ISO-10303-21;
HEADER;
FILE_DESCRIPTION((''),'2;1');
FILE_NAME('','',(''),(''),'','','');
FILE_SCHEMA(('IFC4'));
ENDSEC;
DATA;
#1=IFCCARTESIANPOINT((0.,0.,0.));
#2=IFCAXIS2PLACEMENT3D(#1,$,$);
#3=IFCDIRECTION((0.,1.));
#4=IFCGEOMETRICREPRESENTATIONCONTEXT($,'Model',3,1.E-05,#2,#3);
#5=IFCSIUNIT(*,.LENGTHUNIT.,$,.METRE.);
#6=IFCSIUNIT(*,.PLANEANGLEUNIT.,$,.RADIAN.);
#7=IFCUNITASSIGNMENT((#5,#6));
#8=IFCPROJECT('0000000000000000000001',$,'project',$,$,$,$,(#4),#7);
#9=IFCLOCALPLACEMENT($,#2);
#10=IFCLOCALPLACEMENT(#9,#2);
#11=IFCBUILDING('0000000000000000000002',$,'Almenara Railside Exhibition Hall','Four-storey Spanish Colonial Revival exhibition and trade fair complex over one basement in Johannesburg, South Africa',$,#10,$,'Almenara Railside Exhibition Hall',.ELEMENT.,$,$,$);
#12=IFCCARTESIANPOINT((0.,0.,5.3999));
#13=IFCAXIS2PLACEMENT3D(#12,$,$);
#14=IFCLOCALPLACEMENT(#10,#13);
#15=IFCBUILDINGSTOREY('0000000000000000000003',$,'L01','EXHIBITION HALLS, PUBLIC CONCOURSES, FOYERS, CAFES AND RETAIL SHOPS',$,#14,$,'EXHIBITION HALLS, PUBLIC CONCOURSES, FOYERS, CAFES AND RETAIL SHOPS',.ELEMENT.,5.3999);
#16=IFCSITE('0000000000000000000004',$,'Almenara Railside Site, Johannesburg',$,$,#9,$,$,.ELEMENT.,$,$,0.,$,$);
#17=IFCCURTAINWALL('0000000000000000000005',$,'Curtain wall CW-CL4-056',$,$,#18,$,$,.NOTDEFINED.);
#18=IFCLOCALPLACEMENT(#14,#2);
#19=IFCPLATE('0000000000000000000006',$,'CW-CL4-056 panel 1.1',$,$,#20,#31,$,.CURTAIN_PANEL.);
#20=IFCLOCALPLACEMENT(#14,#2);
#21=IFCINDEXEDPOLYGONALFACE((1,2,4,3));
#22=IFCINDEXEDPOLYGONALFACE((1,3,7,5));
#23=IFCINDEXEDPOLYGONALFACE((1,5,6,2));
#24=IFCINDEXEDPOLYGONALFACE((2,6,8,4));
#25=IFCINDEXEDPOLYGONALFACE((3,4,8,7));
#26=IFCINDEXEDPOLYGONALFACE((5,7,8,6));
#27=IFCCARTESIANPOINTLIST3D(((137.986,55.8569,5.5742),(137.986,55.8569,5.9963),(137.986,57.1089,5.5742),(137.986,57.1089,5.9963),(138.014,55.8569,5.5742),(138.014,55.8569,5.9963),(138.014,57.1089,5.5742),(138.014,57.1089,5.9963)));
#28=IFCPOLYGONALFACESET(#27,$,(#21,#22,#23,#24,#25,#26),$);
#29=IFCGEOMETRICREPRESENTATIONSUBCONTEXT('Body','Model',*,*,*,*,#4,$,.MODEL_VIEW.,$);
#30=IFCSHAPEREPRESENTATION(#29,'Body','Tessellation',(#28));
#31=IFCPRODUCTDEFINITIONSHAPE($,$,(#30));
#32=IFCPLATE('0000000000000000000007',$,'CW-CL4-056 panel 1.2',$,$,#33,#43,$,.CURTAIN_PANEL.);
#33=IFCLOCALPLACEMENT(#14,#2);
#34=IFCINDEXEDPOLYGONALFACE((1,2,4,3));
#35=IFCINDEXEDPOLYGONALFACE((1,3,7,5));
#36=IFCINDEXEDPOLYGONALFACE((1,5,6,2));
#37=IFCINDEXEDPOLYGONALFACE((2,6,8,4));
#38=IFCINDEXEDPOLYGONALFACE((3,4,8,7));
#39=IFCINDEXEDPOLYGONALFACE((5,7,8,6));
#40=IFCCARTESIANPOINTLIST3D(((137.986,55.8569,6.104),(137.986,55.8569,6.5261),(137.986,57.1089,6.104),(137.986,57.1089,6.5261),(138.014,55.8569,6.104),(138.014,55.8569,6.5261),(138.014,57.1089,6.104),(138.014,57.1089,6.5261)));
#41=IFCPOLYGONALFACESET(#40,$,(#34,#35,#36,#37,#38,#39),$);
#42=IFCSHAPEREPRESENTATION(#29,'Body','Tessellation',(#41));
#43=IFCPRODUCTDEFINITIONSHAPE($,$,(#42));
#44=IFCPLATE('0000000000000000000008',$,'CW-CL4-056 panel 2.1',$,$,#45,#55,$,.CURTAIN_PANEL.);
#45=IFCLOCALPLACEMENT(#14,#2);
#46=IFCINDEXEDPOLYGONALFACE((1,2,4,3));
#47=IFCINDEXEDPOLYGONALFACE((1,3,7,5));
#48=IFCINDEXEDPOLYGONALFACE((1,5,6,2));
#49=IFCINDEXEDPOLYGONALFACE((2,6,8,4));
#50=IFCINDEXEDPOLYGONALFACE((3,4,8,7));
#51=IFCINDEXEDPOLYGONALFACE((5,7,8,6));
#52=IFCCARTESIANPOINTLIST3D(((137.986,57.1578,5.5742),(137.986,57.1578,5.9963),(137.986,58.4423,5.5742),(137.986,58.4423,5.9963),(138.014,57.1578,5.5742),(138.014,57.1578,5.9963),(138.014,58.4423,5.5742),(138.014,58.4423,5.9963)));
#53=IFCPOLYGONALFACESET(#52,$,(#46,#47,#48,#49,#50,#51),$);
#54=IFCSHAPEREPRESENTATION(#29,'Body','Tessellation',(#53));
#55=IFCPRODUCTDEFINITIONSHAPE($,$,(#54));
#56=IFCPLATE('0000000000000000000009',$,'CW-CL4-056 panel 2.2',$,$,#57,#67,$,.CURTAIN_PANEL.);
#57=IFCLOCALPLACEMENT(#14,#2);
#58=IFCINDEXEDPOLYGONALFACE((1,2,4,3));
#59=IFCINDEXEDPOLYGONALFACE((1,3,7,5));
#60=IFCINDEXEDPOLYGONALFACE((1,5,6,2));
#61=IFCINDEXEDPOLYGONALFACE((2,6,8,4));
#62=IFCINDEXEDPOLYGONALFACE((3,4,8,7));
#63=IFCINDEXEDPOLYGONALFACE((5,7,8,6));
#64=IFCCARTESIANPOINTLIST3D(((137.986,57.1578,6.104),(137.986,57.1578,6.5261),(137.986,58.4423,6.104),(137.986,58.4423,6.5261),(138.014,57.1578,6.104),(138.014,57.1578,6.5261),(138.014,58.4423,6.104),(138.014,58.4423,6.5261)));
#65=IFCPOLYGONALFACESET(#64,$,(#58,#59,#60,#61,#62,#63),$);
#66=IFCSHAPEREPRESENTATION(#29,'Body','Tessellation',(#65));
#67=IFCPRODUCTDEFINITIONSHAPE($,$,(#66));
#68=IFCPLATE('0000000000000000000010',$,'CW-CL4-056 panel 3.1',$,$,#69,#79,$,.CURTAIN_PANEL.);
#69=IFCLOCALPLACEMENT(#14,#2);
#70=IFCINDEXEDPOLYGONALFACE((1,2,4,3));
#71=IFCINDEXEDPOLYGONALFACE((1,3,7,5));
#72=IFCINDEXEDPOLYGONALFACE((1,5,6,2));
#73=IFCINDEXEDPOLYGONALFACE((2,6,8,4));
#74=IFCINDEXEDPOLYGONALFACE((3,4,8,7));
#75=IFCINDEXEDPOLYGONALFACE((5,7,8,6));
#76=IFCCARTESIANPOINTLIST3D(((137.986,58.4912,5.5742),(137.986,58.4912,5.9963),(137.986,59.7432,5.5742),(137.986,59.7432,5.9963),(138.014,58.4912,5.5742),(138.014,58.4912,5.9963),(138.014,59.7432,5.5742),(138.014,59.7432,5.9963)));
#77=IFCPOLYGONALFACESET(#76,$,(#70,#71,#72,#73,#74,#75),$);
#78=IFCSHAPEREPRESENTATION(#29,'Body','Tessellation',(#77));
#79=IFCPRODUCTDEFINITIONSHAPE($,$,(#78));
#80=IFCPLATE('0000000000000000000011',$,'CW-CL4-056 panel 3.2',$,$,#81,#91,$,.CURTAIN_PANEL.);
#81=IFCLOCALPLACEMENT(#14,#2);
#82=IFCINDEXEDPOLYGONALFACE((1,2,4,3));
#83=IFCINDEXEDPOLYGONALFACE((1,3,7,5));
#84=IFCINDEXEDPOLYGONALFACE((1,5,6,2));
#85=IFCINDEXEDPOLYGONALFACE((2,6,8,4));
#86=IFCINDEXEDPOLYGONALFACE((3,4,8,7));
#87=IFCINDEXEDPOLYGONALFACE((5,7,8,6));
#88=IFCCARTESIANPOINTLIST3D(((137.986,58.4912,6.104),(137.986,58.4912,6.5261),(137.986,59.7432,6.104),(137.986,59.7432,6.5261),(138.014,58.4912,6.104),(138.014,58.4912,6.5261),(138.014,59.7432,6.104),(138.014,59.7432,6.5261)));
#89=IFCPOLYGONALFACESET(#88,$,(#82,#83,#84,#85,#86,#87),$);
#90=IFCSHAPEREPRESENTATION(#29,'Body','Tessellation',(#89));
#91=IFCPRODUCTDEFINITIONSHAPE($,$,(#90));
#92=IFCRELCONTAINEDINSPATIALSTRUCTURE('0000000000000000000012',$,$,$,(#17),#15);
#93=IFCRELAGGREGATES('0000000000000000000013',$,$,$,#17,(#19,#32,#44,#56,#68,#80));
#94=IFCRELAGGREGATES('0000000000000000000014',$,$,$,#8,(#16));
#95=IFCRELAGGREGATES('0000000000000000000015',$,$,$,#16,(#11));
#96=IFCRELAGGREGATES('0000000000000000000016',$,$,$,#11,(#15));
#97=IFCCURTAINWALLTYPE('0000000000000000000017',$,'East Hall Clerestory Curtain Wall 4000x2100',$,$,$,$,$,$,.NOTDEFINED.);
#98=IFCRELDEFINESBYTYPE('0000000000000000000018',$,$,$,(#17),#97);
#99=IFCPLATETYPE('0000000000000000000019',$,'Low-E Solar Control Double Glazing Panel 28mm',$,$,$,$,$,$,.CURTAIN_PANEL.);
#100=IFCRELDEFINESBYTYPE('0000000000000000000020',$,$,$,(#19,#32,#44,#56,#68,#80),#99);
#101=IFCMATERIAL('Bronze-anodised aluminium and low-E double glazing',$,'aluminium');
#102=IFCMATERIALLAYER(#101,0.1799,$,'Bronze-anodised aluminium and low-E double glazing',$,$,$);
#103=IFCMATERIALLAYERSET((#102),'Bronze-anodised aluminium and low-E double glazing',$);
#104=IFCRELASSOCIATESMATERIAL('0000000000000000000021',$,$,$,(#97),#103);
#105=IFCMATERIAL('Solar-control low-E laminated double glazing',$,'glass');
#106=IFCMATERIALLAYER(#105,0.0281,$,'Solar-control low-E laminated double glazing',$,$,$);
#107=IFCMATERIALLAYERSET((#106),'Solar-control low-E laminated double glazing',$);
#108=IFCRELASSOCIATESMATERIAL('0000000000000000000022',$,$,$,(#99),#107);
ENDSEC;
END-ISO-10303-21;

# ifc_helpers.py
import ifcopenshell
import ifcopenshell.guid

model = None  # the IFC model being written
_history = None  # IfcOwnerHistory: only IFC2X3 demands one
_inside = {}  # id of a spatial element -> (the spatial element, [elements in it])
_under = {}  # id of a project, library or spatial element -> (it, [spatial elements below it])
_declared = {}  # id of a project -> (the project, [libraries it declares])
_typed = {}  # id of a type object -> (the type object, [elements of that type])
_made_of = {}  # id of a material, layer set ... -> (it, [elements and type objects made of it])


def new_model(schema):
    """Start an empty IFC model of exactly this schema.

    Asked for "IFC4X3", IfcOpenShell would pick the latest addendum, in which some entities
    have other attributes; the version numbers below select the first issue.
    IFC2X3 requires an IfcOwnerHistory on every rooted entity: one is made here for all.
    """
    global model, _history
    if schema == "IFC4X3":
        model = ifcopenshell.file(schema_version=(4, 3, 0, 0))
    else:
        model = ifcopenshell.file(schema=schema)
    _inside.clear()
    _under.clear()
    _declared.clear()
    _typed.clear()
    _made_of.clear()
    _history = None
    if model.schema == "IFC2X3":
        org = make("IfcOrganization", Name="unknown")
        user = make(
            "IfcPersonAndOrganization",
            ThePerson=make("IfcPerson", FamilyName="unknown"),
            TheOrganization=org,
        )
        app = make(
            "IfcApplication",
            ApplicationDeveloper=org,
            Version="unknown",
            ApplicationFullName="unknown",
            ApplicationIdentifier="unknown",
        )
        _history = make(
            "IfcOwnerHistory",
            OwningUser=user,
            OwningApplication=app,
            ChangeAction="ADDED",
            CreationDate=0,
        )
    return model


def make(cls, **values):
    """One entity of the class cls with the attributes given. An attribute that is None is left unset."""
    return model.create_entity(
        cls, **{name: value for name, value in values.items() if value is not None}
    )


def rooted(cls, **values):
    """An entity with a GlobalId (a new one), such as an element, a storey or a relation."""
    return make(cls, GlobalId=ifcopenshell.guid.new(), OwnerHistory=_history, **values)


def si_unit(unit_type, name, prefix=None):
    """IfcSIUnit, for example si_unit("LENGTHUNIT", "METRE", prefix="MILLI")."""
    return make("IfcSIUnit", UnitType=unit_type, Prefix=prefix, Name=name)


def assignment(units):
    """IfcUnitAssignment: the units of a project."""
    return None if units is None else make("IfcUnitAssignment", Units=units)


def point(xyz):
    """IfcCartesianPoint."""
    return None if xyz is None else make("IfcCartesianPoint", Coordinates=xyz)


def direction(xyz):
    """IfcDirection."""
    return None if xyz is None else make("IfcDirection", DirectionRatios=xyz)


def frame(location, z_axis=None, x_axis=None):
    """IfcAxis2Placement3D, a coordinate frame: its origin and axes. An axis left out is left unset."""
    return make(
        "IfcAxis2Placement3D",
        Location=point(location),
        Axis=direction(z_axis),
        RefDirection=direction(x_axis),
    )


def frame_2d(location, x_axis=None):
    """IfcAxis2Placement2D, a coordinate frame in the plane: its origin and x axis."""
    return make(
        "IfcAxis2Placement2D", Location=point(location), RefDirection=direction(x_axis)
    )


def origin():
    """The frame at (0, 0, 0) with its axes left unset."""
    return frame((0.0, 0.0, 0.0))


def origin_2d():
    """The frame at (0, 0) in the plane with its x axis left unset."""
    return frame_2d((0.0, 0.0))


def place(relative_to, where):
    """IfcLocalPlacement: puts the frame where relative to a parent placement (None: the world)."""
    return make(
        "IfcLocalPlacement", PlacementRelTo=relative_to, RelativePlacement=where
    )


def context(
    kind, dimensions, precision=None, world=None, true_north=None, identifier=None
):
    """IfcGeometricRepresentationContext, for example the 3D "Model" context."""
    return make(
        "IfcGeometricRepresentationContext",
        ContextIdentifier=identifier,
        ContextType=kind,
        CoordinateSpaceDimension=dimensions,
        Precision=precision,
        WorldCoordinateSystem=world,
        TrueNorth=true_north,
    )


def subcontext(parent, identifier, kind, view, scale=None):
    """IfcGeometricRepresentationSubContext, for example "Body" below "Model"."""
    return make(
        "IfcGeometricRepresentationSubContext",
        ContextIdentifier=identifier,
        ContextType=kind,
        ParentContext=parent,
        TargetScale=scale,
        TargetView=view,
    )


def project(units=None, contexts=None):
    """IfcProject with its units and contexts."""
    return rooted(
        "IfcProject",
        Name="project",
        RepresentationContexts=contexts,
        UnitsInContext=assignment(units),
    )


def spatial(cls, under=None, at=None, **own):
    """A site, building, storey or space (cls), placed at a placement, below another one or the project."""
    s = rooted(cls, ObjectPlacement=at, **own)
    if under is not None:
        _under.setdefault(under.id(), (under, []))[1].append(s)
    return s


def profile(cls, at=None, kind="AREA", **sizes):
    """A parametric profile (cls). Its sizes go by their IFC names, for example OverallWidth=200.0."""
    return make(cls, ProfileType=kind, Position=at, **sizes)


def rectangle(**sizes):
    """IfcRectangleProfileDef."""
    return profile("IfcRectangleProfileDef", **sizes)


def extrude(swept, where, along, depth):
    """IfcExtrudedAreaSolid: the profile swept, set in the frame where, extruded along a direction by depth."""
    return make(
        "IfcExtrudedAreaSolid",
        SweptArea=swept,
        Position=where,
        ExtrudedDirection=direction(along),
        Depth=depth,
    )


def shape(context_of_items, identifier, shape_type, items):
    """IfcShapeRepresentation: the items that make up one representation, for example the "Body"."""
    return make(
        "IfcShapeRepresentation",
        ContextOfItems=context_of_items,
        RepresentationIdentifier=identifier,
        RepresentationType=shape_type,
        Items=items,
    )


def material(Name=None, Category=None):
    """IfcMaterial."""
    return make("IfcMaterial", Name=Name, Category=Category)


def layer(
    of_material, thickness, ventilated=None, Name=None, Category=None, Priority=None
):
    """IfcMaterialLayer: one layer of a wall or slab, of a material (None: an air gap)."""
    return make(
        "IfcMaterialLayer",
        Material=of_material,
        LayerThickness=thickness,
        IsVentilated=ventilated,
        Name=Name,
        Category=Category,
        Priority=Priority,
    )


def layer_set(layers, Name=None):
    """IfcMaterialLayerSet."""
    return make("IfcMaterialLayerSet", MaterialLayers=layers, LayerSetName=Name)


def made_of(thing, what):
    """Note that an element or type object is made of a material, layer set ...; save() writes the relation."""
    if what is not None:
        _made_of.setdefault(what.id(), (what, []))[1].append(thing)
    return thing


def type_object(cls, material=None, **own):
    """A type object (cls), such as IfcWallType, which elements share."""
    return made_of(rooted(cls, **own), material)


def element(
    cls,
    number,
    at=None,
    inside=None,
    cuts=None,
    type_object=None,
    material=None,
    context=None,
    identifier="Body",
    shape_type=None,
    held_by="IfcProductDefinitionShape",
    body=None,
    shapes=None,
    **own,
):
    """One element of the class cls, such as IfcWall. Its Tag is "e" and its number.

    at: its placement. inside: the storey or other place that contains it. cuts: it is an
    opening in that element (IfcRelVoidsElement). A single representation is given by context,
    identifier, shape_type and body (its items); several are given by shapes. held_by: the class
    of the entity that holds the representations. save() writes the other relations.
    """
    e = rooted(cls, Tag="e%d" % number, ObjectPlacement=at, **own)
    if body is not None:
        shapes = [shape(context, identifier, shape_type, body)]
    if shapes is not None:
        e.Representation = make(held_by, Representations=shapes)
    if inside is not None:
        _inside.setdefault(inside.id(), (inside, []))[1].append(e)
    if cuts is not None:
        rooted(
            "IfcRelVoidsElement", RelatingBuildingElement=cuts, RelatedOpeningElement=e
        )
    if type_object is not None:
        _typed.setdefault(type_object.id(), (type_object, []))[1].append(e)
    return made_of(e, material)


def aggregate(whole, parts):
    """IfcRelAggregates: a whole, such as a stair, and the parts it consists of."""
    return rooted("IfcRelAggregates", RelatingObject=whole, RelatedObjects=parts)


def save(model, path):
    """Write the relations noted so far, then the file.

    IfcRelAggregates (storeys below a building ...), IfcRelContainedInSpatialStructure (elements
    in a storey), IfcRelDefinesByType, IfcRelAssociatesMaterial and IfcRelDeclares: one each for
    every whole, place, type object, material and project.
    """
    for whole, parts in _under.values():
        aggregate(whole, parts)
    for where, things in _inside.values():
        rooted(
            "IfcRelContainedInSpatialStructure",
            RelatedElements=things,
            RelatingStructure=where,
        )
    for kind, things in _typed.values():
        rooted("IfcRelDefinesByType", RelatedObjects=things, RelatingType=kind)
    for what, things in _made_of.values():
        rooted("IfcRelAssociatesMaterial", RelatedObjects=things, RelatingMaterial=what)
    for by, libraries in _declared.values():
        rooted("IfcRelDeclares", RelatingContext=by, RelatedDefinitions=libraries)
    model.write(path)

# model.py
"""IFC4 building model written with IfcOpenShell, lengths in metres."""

from ifc_helpers import new_model, si_unit, direction, frame, origin, origin_2d, place, context, subcontext, project, spatial, rectangle, extrude, material, layer, layer_set, type_object, element, aggregate, save


model = new_model("IFC4")

# Units and contexts
model_context = context("Model", 3, precision=1e-05, world=origin(), true_north=direction((0.0, 1.0)))
body_context = subcontext(model_context, "Body", "Model", "MODEL_VIEW")
ifc_project = project(units=[si_unit("LENGTHUNIT", "METRE"), si_unit("PLANEANGLEUNIT", "RADIAN")], contexts=[model_context])

# Site, building, storey
site_placement = place(None, origin())
site = spatial("IfcSite", under=ifc_project, at=site_placement, Name="Almenara Railside Site, Johannesburg", CompositionType="ELEMENT", RefElevation=0.0)
building_placement = place(site_placement, origin())
building = spatial("IfcBuilding", under=site, at=building_placement, Name="Almenara Railside Exhibition Hall", Description="Four-storey Spanish Colonial Revival exhibition and trade fair complex over one basement in Johannesburg, South Africa", LongName="Almenara Railside Exhibition Hall", CompositionType="ELEMENT")
storey_placement = place(building_placement, frame((0.0, 0.0, 5.3999)))
storey = spatial("IfcBuildingStorey", under=building, at=storey_placement, Name="L01", Description="EXHIBITION HALLS, PUBLIC CONCOURSES, FOYERS, CAFES AND RETAIL SHOPS", LongName="EXHIBITION HALLS, PUBLIC CONCOURSES, FOYERS, CAFES AND RETAIL SHOPS", CompositionType="ELEMENT", Elevation=5.3999)

# Curtain wall
ifc_material_1 = material(Name="Bronze-anodised aluminium and low-E double glazing", Category="aluminium")
ifc_layer_1 = layer(ifc_material_1, 0.1799, Name="Bronze-anodised aluminium and low-E double glazing")
ifc_layer_set_1 = layer_set([ifc_layer_1], Name="Bronze-anodised aluminium and low-E double glazing")
curtain_wall_type = type_object("IfcCurtainWallType", Name="East Hall Clerestory Curtain Wall 4000x2100", PredefinedType="NOTDEFINED", material=ifc_layer_set_1)
curtain_wall_1_placement = place(storey_placement, origin())
curtain_wall_1 = element("IfcCurtainWall", 1, at=curtain_wall_1_placement, inside=storey, type_object=curtain_wall_type, Name="Curtain wall CW-CL4-056", PredefinedType="NOTDEFINED")

# Plates
ifc_material_2 = material(Name="Solar-control low-E laminated double glazing", Category="glass")
ifc_layer_2 = layer(ifc_material_2, 0.0281, Name="Solar-control low-E laminated double glazing")
ifc_layer_set_2 = layer_set([ifc_layer_2], Name="Solar-control low-E laminated double glazing")
plate_type = type_object("IfcPlateType", Name="Low-E Solar Control Double Glazing Panel 28mm", PredefinedType="CURTAIN_PANEL", material=ifc_layer_set_2)
plate_1_placement = place(storey_placement, frame((138.0, 56.4829, 5.5742), z_axis=(0.0, 0.0, 1.0), x_axis=(0.0, 1.0, 0.0)))
plate_1 = element("IfcPlate", 2, at=plate_1_placement, type_object=plate_type, Name="CW-CL4-056 panel 1.1", PredefinedType="CURTAIN_PANEL", context=body_context, shape_type="SweptSolid", body=[
    extrude(rectangle(XDim=1.252, YDim=0.0281, at=origin_2d()), origin(), (0.0, 0.0, 1.0), 0.4221),
])
plate_2_placement = place(storey_placement, frame((138.0, 56.4829, 6.104), z_axis=(0.0, 0.0, 1.0), x_axis=(0.0, 1.0, 0.0)))
plate_2 = element("IfcPlate", 3, at=plate_2_placement, type_object=plate_type, Name="CW-CL4-056 panel 1.2", PredefinedType="CURTAIN_PANEL", context=body_context, shape_type="SweptSolid", body=[
    extrude(rectangle(XDim=1.252, YDim=0.0281, at=origin_2d()), origin(), (0.0, 0.0, 1.0), 0.4221),
])
plate_3_placement = place(storey_placement, frame((138.0, 57.8, 5.5742), z_axis=(0.0, 0.0, 1.0), x_axis=(0.0, 1.0, 0.0)))
plate_3 = element("IfcPlate", 4, at=plate_3_placement, type_object=plate_type, Name="CW-CL4-056 panel 2.1", PredefinedType="CURTAIN_PANEL", context=body_context, shape_type="SweptSolid", body=[
    extrude(rectangle(XDim=1.2844, YDim=0.0281, at=origin_2d()), origin(), (0.0, 0.0, 1.0), 0.4221),
])
plate_4_placement = place(storey_placement, frame((138.0, 57.8, 6.104), z_axis=(0.0, 0.0, 1.0), x_axis=(0.0, 1.0, 0.0)))
plate_4 = element("IfcPlate", 5, at=plate_4_placement, type_object=plate_type, Name="CW-CL4-056 panel 2.2", PredefinedType="CURTAIN_PANEL", context=body_context, shape_type="SweptSolid", body=[
    extrude(rectangle(XDim=1.2844, YDim=0.0281, at=origin_2d()), origin(), (0.0, 0.0, 1.0), 0.4221),
])
plate_5_placement = place(storey_placement, frame((138.0, 59.1172, 5.5742), z_axis=(0.0, 0.0, 1.0), x_axis=(0.0, 1.0, 0.0)))
plate_5 = element("IfcPlate", 6, at=plate_5_placement, type_object=plate_type, Name="CW-CL4-056 panel 3.1", PredefinedType="CURTAIN_PANEL", context=body_context, shape_type="SweptSolid", body=[
    extrude(rectangle(XDim=1.252, YDim=0.0281, at=origin_2d()), origin(), (0.0, 0.0, 1.0), 0.4221),
])
plate_6_placement = place(storey_placement, frame((138.0, 59.1172, 6.104), z_axis=(0.0, 0.0, 1.0), x_axis=(0.0, 1.0, 0.0)))
plate_6 = element("IfcPlate", 7, at=plate_6_placement, type_object=plate_type, Name="CW-CL4-056 panel 3.2", PredefinedType="CURTAIN_PANEL", context=body_context, shape_type="SweptSolid", body=[
    extrude(rectangle(XDim=1.252, YDim=0.0281, at=origin_2d()), origin(), (0.0, 0.0, 1.0), 0.4221),
])
aggregate(curtain_wall_1, [plate_1, plate_2, plate_3, plate_4, plate_5, plate_6])

save(model, "model.ifc")
